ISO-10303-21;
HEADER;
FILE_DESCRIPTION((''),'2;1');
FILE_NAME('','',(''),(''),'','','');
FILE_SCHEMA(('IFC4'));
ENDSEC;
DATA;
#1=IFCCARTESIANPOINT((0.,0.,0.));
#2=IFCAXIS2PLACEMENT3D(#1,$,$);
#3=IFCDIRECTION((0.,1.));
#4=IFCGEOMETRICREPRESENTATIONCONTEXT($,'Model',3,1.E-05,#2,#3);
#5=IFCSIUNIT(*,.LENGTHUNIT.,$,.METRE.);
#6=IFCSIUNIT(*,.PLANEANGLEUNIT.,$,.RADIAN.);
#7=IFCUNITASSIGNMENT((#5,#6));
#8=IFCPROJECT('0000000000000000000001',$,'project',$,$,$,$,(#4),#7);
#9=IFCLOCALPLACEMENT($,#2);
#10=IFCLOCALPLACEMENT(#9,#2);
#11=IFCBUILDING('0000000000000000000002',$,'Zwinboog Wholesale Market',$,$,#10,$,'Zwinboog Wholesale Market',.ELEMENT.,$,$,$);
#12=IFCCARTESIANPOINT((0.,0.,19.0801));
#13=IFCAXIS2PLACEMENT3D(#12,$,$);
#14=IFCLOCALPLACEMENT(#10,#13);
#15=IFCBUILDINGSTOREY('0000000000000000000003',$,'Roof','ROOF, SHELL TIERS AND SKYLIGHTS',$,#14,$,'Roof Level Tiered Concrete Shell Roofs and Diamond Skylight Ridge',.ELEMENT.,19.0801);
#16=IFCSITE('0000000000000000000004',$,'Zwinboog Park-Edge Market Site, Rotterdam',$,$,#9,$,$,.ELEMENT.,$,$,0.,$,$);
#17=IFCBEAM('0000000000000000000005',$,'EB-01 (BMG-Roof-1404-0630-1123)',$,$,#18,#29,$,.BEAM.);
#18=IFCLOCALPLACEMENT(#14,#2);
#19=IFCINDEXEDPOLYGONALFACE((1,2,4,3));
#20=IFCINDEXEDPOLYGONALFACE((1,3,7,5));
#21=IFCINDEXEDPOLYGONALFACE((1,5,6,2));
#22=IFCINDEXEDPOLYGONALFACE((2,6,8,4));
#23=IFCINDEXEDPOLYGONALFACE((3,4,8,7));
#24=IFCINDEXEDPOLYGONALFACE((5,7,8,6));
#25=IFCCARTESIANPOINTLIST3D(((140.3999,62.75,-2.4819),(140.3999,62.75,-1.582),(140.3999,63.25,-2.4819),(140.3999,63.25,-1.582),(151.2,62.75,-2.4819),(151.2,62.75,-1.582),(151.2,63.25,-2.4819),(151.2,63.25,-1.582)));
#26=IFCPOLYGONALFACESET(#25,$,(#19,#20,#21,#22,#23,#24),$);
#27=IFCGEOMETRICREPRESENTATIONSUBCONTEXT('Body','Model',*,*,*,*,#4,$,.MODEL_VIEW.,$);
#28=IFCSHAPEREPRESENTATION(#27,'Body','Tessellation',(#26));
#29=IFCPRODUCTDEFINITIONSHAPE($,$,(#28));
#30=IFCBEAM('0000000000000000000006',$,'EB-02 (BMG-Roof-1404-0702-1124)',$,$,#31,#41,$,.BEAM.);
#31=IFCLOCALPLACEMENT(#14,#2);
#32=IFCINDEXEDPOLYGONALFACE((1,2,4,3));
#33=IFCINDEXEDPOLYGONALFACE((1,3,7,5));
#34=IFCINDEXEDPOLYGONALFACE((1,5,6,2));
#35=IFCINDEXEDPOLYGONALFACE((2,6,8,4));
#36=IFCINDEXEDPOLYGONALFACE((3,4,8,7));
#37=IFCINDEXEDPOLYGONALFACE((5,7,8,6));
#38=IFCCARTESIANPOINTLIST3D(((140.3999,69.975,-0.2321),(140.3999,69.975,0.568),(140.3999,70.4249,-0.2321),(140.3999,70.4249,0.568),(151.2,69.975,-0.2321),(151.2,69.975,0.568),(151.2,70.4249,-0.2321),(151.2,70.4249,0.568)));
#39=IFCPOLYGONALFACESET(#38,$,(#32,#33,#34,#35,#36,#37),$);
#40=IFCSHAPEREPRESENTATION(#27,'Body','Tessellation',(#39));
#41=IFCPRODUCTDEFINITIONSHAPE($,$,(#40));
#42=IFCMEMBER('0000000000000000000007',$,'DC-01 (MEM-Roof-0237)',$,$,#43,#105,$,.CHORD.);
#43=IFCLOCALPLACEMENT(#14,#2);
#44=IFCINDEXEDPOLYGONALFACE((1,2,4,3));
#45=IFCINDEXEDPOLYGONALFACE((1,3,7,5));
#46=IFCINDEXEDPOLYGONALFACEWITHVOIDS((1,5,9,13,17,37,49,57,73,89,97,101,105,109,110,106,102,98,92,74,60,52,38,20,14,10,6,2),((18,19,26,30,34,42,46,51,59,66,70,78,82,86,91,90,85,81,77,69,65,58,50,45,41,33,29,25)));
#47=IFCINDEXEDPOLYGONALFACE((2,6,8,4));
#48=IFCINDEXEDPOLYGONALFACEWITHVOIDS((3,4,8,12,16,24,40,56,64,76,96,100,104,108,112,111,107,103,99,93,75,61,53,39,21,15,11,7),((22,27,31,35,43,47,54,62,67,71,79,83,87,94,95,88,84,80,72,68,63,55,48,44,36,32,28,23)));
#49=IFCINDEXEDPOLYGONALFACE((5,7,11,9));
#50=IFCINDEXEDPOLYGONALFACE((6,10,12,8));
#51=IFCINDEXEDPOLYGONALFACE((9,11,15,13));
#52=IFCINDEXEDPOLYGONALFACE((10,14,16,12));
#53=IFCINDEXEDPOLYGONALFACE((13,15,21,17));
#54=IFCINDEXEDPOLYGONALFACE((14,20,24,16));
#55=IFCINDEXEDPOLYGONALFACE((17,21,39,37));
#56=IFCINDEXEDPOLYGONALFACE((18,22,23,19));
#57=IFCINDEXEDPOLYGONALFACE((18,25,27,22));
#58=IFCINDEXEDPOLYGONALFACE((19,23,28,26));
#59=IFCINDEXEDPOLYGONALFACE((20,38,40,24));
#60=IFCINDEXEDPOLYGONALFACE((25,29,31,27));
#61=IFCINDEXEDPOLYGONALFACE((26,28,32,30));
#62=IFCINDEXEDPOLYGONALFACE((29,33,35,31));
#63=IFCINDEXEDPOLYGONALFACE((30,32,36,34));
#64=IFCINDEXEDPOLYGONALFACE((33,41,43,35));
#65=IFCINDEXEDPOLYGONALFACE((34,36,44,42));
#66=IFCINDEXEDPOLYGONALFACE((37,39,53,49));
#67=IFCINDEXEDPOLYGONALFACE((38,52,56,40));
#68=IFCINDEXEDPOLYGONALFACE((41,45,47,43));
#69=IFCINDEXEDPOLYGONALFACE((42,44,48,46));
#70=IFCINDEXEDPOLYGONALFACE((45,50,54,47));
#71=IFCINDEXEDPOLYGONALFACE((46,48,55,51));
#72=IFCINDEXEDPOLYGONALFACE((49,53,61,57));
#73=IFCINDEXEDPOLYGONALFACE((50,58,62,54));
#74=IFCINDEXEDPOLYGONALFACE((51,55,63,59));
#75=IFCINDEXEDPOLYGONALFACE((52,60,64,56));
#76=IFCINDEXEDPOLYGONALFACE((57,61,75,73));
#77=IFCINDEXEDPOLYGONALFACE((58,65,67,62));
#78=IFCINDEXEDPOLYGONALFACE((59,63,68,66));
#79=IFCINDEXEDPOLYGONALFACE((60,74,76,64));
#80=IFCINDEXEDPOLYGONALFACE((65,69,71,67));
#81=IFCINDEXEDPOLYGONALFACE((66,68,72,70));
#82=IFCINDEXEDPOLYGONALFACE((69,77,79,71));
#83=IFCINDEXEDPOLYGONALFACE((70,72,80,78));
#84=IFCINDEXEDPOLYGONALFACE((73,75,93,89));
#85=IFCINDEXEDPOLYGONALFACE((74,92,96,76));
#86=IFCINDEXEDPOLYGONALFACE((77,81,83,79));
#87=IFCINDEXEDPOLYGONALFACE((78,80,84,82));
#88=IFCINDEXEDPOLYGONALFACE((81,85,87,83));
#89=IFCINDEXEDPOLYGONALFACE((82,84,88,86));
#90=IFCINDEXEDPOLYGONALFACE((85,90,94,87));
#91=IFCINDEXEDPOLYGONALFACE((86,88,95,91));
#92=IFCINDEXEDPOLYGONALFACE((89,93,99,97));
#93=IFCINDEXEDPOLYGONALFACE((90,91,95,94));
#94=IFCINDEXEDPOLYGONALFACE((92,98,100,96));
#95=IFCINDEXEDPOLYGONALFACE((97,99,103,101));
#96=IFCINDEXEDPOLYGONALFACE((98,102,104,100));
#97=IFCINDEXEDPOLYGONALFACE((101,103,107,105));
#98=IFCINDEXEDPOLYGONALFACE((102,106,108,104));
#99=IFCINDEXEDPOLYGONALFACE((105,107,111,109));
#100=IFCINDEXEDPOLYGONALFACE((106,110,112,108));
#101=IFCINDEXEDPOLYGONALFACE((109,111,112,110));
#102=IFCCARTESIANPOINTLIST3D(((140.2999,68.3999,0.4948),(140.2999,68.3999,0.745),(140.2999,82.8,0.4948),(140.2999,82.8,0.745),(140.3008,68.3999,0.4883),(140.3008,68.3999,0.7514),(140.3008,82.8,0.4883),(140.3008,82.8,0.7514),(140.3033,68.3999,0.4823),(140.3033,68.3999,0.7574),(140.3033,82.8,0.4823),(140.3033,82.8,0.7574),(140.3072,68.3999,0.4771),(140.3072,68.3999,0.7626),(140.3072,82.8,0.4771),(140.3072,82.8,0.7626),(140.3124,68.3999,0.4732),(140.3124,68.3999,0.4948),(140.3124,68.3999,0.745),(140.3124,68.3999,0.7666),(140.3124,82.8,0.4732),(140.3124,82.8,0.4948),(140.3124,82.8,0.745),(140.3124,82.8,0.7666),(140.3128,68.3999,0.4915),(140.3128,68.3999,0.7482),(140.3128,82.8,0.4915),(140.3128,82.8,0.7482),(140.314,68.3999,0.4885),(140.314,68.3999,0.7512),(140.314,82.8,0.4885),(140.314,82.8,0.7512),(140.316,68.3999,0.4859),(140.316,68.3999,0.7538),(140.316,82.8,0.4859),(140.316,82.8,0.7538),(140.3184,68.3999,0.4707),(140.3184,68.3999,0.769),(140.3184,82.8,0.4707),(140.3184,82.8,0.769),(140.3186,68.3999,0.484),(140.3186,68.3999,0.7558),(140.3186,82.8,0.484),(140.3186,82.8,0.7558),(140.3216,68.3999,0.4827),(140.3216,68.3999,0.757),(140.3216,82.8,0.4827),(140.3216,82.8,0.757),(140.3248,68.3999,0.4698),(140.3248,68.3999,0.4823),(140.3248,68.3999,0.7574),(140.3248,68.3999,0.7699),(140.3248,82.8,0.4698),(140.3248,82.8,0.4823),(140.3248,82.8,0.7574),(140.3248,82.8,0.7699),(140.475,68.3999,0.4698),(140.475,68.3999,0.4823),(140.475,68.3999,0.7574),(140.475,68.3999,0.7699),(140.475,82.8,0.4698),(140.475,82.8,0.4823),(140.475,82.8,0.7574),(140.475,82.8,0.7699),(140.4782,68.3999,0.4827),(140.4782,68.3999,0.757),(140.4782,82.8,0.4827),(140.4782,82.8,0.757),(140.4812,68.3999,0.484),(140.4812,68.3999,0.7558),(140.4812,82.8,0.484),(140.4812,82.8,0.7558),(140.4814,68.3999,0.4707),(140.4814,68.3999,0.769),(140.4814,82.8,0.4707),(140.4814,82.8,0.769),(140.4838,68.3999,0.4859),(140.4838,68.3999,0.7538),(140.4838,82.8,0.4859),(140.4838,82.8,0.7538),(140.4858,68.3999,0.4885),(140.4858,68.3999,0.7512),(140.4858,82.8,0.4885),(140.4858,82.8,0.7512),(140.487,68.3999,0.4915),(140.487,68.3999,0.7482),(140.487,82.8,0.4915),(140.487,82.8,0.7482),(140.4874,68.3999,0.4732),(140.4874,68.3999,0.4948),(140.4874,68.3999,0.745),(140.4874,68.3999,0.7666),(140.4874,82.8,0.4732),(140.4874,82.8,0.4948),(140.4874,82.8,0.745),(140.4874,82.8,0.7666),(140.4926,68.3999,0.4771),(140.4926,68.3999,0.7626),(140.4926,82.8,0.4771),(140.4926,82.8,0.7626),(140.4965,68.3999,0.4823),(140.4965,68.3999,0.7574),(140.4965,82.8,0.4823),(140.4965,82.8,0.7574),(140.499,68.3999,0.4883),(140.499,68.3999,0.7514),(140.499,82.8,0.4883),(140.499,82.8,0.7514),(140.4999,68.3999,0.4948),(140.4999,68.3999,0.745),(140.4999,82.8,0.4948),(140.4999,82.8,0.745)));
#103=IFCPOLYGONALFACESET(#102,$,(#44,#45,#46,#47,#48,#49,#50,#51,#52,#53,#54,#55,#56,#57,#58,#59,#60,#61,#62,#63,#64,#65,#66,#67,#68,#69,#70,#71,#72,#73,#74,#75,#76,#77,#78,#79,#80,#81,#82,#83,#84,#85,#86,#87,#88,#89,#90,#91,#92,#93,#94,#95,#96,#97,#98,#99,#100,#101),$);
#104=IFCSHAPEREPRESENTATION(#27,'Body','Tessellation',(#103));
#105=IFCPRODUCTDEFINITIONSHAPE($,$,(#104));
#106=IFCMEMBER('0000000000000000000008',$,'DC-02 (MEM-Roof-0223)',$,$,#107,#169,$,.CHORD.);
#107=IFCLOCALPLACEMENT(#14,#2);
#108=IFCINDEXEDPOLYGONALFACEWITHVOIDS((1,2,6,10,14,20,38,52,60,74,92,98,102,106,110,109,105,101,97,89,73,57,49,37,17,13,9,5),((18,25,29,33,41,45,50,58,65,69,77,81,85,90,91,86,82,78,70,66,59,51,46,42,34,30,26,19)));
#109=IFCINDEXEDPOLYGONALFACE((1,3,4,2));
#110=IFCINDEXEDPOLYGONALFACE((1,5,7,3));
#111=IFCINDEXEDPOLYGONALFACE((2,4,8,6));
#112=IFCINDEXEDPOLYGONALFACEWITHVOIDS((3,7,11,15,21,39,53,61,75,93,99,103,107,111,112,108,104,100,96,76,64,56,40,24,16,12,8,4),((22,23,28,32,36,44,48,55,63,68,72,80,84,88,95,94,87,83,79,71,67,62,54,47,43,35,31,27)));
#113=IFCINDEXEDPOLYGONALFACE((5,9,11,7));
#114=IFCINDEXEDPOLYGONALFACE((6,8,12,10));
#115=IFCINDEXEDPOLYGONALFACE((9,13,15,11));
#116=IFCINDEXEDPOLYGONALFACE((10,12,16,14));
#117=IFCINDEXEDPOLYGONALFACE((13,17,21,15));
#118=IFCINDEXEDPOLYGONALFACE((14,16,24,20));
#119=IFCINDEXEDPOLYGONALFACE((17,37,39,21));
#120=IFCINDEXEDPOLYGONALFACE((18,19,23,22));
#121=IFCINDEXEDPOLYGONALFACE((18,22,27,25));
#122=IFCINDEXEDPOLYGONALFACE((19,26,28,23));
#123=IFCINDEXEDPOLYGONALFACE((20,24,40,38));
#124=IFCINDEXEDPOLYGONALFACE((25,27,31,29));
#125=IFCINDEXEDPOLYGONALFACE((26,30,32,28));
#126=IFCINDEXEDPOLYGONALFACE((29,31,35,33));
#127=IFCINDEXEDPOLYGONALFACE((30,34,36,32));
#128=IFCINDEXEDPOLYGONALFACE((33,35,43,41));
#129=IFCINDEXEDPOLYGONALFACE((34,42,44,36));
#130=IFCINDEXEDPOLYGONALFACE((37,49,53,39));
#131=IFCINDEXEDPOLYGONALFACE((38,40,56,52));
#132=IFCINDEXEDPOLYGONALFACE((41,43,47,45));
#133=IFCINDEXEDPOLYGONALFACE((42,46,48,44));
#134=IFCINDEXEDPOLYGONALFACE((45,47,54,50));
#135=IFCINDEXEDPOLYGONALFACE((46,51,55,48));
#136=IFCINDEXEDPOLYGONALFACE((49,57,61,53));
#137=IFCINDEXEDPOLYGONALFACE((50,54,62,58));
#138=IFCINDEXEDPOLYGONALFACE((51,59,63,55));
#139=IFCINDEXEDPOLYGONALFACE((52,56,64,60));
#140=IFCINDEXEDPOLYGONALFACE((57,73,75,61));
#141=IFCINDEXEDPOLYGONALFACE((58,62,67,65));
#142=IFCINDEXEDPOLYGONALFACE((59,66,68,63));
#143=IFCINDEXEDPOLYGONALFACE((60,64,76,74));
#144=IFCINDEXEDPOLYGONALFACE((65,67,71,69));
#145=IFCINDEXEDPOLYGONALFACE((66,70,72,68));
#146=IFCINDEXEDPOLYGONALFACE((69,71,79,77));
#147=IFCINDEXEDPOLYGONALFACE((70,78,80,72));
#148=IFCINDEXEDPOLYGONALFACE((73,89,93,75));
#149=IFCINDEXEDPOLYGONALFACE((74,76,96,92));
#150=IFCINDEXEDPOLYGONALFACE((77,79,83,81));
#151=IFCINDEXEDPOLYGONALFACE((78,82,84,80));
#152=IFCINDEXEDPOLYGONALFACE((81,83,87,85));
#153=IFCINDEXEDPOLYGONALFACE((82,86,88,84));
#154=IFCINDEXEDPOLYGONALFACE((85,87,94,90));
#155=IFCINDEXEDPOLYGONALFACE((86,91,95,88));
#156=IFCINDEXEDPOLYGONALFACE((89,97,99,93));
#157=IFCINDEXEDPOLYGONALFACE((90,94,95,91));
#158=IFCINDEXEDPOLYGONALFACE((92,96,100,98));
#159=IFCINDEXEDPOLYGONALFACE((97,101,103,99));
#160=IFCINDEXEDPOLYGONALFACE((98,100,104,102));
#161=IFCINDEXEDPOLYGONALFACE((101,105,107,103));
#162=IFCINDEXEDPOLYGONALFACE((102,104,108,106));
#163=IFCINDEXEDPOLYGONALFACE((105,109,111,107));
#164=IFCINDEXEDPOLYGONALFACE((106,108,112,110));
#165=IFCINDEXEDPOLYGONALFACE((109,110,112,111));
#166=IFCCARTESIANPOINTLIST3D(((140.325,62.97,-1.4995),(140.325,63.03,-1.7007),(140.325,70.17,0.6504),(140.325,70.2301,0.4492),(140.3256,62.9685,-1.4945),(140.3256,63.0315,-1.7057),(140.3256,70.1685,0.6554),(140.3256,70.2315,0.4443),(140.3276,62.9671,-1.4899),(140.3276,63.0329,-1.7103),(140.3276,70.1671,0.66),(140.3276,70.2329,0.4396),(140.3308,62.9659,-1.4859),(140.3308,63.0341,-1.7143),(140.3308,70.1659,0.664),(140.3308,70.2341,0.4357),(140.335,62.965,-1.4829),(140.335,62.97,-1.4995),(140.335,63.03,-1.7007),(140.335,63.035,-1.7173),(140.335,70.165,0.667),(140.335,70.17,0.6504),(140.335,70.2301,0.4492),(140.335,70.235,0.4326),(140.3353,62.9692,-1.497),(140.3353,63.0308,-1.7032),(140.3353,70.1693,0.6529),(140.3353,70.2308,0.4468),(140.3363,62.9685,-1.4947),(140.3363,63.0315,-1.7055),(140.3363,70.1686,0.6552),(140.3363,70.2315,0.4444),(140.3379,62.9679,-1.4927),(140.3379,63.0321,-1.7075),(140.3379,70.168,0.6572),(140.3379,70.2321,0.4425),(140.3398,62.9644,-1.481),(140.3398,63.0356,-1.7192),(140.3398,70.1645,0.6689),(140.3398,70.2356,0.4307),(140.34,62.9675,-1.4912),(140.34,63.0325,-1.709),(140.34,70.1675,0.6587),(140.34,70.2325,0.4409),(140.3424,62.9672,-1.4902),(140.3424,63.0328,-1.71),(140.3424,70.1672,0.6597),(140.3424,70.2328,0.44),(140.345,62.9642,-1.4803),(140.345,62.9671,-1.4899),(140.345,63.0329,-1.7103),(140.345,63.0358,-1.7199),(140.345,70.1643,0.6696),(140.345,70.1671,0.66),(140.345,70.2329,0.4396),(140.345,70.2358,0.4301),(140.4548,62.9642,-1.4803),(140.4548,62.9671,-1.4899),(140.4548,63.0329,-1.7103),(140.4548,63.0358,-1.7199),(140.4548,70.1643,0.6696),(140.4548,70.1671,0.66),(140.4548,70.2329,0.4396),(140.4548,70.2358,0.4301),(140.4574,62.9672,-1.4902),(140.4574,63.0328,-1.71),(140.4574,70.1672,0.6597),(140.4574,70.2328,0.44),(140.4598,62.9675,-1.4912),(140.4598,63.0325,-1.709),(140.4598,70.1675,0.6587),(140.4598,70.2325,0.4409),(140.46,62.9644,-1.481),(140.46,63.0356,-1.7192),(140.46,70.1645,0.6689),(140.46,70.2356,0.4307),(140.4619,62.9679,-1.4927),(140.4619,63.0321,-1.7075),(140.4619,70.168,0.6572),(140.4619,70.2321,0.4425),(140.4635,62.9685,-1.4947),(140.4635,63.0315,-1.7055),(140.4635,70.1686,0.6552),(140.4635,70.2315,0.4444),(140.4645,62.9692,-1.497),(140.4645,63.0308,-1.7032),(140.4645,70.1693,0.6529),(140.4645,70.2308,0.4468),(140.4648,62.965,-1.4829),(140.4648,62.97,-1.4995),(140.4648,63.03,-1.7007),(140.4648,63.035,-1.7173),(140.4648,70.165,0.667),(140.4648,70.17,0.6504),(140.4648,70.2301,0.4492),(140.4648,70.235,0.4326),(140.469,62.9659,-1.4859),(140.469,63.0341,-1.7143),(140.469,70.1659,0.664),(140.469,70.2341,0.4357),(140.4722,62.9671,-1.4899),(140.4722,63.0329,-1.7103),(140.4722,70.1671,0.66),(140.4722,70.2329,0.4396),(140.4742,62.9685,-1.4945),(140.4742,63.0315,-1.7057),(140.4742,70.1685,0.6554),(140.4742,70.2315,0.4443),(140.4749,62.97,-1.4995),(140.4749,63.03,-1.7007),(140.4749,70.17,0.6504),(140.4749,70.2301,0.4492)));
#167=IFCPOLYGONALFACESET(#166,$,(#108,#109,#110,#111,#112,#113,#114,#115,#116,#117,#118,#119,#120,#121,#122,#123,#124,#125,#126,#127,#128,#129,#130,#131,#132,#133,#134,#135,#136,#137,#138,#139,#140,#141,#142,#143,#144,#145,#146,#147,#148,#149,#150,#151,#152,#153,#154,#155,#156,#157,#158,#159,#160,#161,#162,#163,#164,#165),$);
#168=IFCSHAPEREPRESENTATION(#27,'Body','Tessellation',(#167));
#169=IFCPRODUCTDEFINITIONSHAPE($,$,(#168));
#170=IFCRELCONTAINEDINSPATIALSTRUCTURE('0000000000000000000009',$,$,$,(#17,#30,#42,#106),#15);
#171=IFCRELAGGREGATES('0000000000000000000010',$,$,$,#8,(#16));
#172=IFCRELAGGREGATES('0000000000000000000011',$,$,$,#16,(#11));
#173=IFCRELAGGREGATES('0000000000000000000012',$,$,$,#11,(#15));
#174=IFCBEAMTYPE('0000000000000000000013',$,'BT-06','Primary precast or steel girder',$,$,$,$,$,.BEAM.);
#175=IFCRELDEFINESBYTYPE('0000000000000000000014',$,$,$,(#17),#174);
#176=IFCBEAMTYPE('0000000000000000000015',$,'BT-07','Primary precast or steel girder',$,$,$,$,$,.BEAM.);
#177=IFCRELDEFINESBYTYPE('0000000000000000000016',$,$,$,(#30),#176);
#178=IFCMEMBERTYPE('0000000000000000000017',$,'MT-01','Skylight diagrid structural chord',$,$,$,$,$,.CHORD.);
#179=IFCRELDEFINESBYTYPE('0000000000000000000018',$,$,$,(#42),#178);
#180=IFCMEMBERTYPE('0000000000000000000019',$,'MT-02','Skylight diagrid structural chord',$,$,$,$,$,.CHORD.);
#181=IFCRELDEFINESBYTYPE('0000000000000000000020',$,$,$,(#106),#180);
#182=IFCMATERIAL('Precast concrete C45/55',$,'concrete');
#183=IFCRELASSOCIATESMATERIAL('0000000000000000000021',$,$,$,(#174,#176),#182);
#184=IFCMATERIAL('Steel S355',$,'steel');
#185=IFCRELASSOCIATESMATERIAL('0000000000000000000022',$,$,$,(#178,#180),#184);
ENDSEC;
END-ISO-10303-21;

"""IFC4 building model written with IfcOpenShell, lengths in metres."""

from ifc_helpers import new_model, si_unit, direction, frame, origin, origin_2d, place, context, subcontext, project, spatial, rectangle, hollow_rectangle, extrude, material, material_profile, profile_set, type_object, element, save


model = new_model("IFC4")

# Units and contexts
model_context = context("Model", 3, precision=1e-05, world=origin(), true_north=direction((0.0, 1.0)))
body_context = subcontext(model_context, "Body", "Model", "MODEL_VIEW")
ifc_project = project(units=[si_unit("LENGTHUNIT", "METRE"), si_unit("PLANEANGLEUNIT", "RADIAN")], contexts=[model_context])

# Site, building, storey
site_placement = place(None, origin())
site = spatial("IfcSite", under=ifc_project, at=site_placement, Name="Zwinboog Park-Edge Market Site, Rotterdam", CompositionType="ELEMENT", RefElevation=0.0)
building_placement = place(site_placement, origin())
building = spatial("IfcBuilding", under=site, at=building_placement, Name="Zwinboog Wholesale Market", LongName="Zwinboog Wholesale Market", CompositionType="ELEMENT")
storey_placement = place(building_placement, frame((0.0, 0.0, 19.0801)))
storey = spatial("IfcBuildingStorey", under=building, at=storey_placement, Name="Roof", Description="ROOF, SHELL TIERS AND SKYLIGHTS", LongName="Roof Level Tiered Concrete Shell Roofs and Diamond Skylight Ridge", CompositionType="ELEMENT", Elevation=19.0801)

# Beams
ifc_material_1 = material(Name="Precast concrete C45/55", Category="concrete")
ifc_material_profile_1 = material_profile(ifc_material_1, rectangle(XDim=0.5, YDim=0.8999, at=origin_2d()), Name="PC 500x900")
ifc_profile_set_1 = profile_set([ifc_material_profile_1], Name="Precast concrete C45/55")
beam_type_1 = type_object("IfcBeamType", Name="BT-06", Description="Primary precast or steel girder", PredefinedType="BEAM", material=ifc_profile_set_1)
beam_1_placement = place(storey_placement, frame((140.3999, 63.0, -2.032), z_axis=(1.0, 0.0, 0.0), x_axis=(0.0, 1.0, 0.0)))
element("IfcBeam", 1, at=beam_1_placement, inside=storey, type_object=beam_type_1, Name="EB-01 (BMG-Roof-1404-0630-1123)", PredefinedType="BEAM", context=body_context, shape_type="SweptSolid", body=[
    extrude(rectangle(XDim=0.5, YDim=0.8999, at=origin_2d()), origin(), (0.0, 0.0, 1.0), 10.8),
])
ifc_material_profile_2 = material_profile(ifc_material_1, rectangle(XDim=0.45, YDim=0.8, at=origin_2d()), Name="PC 450x800")
ifc_profile_set_2 = profile_set([ifc_material_profile_2], Name="Precast concrete C45/55")
beam_type_2 = type_object("IfcBeamType", Name="BT-07", Description="Primary precast or steel girder", PredefinedType="BEAM", material=ifc_profile_set_2)
beam_2_placement = place(storey_placement, frame((140.3999, 70.2, 0.168), z_axis=(1.0, 0.0, 0.0), x_axis=(0.0, 1.0, 0.0)))
element("IfcBeam", 2, at=beam_2_placement, inside=storey, type_object=beam_type_2, Name="EB-02 (BMG-Roof-1404-0702-1124)", PredefinedType="BEAM", context=body_context, shape_type="SweptSolid", body=[
    extrude(rectangle(XDim=0.45, YDim=0.8, at=origin_2d()), origin(), (0.0, 0.0, 1.0), 10.8),
])

# Members
ifc_material_2 = material(Name="Steel S355", Category="steel")
ifc_material_profile_3 = material_profile(ifc_material_2, hollow_rectangle(XDim=0.2, YDim=0.3, WallThickness=0.0125, InnerFilletRadius=0.0125, OuterFilletRadius=0.0249, at=origin_2d()), Name="RHS 300x200x12.5")
ifc_profile_set_3 = profile_set([ifc_material_profile_3], Name="Steel S355")
member_type_1 = type_object("IfcMemberType", Name="MT-01", Description="Skylight diagrid structural chord", PredefinedType="CHORD", material=ifc_profile_set_3)
member_1_placement = place(storey_placement, frame((140.3999, 68.3999, 0.6199), z_axis=(0.0, 1.0, 0.0), x_axis=(-1.0, 0.0, 0.0)))
element("IfcMember", 3, at=member_1_placement, inside=storey, type_object=member_type_1, Name="DC-01 (MEM-Roof-0237)", PredefinedType="CHORD", context=body_context, shape_type="SweptSolid", body=[
    extrude(hollow_rectangle(XDim=0.2, YDim=0.3, WallThickness=0.0125, InnerFilletRadius=0.0125, OuterFilletRadius=0.0249, at=origin_2d()), origin(), (0.0, 0.0, 1.0), 14.4001),
])
ifc_material_profile_4 = material_profile(ifc_material_2, hollow_rectangle(XDim=0.1499, YDim=0.25, WallThickness=0.01, InnerFilletRadius=0.01, OuterFilletRadius=0.02, at=origin_2d()), Name="RHS 250x150x10")
ifc_profile_set_4 = profile_set([ifc_material_profile_4], Name="Steel S355")
member_type_2 = type_object("IfcMemberType", Name="MT-02", Description="Skylight diagrid structural chord", PredefinedType="CHORD", material=ifc_profile_set_4)
member_2_placement = place(storey_placement, frame((140.3999, 63.0, -1.6001), z_axis=(0.0, 0.958195, 0.286117), x_axis=(-1.0, 0.0, 0.0)))
element("IfcMember", 4, at=member_2_placement, inside=storey, type_object=member_type_2, Name="DC-02 (MEM-Roof-0223)", PredefinedType="CHORD", context=body_context, shape_type="SweptSolid", body=[
    extrude(hollow_rectangle(XDim=0.1499, YDim=0.25, WallThickness=0.01, InnerFilletRadius=0.01, OuterFilletRadius=0.02, at=origin_2d()), origin(), (0.0, 0.0, 1.0), 7.5142),
])

save(model, "model.ifc")
